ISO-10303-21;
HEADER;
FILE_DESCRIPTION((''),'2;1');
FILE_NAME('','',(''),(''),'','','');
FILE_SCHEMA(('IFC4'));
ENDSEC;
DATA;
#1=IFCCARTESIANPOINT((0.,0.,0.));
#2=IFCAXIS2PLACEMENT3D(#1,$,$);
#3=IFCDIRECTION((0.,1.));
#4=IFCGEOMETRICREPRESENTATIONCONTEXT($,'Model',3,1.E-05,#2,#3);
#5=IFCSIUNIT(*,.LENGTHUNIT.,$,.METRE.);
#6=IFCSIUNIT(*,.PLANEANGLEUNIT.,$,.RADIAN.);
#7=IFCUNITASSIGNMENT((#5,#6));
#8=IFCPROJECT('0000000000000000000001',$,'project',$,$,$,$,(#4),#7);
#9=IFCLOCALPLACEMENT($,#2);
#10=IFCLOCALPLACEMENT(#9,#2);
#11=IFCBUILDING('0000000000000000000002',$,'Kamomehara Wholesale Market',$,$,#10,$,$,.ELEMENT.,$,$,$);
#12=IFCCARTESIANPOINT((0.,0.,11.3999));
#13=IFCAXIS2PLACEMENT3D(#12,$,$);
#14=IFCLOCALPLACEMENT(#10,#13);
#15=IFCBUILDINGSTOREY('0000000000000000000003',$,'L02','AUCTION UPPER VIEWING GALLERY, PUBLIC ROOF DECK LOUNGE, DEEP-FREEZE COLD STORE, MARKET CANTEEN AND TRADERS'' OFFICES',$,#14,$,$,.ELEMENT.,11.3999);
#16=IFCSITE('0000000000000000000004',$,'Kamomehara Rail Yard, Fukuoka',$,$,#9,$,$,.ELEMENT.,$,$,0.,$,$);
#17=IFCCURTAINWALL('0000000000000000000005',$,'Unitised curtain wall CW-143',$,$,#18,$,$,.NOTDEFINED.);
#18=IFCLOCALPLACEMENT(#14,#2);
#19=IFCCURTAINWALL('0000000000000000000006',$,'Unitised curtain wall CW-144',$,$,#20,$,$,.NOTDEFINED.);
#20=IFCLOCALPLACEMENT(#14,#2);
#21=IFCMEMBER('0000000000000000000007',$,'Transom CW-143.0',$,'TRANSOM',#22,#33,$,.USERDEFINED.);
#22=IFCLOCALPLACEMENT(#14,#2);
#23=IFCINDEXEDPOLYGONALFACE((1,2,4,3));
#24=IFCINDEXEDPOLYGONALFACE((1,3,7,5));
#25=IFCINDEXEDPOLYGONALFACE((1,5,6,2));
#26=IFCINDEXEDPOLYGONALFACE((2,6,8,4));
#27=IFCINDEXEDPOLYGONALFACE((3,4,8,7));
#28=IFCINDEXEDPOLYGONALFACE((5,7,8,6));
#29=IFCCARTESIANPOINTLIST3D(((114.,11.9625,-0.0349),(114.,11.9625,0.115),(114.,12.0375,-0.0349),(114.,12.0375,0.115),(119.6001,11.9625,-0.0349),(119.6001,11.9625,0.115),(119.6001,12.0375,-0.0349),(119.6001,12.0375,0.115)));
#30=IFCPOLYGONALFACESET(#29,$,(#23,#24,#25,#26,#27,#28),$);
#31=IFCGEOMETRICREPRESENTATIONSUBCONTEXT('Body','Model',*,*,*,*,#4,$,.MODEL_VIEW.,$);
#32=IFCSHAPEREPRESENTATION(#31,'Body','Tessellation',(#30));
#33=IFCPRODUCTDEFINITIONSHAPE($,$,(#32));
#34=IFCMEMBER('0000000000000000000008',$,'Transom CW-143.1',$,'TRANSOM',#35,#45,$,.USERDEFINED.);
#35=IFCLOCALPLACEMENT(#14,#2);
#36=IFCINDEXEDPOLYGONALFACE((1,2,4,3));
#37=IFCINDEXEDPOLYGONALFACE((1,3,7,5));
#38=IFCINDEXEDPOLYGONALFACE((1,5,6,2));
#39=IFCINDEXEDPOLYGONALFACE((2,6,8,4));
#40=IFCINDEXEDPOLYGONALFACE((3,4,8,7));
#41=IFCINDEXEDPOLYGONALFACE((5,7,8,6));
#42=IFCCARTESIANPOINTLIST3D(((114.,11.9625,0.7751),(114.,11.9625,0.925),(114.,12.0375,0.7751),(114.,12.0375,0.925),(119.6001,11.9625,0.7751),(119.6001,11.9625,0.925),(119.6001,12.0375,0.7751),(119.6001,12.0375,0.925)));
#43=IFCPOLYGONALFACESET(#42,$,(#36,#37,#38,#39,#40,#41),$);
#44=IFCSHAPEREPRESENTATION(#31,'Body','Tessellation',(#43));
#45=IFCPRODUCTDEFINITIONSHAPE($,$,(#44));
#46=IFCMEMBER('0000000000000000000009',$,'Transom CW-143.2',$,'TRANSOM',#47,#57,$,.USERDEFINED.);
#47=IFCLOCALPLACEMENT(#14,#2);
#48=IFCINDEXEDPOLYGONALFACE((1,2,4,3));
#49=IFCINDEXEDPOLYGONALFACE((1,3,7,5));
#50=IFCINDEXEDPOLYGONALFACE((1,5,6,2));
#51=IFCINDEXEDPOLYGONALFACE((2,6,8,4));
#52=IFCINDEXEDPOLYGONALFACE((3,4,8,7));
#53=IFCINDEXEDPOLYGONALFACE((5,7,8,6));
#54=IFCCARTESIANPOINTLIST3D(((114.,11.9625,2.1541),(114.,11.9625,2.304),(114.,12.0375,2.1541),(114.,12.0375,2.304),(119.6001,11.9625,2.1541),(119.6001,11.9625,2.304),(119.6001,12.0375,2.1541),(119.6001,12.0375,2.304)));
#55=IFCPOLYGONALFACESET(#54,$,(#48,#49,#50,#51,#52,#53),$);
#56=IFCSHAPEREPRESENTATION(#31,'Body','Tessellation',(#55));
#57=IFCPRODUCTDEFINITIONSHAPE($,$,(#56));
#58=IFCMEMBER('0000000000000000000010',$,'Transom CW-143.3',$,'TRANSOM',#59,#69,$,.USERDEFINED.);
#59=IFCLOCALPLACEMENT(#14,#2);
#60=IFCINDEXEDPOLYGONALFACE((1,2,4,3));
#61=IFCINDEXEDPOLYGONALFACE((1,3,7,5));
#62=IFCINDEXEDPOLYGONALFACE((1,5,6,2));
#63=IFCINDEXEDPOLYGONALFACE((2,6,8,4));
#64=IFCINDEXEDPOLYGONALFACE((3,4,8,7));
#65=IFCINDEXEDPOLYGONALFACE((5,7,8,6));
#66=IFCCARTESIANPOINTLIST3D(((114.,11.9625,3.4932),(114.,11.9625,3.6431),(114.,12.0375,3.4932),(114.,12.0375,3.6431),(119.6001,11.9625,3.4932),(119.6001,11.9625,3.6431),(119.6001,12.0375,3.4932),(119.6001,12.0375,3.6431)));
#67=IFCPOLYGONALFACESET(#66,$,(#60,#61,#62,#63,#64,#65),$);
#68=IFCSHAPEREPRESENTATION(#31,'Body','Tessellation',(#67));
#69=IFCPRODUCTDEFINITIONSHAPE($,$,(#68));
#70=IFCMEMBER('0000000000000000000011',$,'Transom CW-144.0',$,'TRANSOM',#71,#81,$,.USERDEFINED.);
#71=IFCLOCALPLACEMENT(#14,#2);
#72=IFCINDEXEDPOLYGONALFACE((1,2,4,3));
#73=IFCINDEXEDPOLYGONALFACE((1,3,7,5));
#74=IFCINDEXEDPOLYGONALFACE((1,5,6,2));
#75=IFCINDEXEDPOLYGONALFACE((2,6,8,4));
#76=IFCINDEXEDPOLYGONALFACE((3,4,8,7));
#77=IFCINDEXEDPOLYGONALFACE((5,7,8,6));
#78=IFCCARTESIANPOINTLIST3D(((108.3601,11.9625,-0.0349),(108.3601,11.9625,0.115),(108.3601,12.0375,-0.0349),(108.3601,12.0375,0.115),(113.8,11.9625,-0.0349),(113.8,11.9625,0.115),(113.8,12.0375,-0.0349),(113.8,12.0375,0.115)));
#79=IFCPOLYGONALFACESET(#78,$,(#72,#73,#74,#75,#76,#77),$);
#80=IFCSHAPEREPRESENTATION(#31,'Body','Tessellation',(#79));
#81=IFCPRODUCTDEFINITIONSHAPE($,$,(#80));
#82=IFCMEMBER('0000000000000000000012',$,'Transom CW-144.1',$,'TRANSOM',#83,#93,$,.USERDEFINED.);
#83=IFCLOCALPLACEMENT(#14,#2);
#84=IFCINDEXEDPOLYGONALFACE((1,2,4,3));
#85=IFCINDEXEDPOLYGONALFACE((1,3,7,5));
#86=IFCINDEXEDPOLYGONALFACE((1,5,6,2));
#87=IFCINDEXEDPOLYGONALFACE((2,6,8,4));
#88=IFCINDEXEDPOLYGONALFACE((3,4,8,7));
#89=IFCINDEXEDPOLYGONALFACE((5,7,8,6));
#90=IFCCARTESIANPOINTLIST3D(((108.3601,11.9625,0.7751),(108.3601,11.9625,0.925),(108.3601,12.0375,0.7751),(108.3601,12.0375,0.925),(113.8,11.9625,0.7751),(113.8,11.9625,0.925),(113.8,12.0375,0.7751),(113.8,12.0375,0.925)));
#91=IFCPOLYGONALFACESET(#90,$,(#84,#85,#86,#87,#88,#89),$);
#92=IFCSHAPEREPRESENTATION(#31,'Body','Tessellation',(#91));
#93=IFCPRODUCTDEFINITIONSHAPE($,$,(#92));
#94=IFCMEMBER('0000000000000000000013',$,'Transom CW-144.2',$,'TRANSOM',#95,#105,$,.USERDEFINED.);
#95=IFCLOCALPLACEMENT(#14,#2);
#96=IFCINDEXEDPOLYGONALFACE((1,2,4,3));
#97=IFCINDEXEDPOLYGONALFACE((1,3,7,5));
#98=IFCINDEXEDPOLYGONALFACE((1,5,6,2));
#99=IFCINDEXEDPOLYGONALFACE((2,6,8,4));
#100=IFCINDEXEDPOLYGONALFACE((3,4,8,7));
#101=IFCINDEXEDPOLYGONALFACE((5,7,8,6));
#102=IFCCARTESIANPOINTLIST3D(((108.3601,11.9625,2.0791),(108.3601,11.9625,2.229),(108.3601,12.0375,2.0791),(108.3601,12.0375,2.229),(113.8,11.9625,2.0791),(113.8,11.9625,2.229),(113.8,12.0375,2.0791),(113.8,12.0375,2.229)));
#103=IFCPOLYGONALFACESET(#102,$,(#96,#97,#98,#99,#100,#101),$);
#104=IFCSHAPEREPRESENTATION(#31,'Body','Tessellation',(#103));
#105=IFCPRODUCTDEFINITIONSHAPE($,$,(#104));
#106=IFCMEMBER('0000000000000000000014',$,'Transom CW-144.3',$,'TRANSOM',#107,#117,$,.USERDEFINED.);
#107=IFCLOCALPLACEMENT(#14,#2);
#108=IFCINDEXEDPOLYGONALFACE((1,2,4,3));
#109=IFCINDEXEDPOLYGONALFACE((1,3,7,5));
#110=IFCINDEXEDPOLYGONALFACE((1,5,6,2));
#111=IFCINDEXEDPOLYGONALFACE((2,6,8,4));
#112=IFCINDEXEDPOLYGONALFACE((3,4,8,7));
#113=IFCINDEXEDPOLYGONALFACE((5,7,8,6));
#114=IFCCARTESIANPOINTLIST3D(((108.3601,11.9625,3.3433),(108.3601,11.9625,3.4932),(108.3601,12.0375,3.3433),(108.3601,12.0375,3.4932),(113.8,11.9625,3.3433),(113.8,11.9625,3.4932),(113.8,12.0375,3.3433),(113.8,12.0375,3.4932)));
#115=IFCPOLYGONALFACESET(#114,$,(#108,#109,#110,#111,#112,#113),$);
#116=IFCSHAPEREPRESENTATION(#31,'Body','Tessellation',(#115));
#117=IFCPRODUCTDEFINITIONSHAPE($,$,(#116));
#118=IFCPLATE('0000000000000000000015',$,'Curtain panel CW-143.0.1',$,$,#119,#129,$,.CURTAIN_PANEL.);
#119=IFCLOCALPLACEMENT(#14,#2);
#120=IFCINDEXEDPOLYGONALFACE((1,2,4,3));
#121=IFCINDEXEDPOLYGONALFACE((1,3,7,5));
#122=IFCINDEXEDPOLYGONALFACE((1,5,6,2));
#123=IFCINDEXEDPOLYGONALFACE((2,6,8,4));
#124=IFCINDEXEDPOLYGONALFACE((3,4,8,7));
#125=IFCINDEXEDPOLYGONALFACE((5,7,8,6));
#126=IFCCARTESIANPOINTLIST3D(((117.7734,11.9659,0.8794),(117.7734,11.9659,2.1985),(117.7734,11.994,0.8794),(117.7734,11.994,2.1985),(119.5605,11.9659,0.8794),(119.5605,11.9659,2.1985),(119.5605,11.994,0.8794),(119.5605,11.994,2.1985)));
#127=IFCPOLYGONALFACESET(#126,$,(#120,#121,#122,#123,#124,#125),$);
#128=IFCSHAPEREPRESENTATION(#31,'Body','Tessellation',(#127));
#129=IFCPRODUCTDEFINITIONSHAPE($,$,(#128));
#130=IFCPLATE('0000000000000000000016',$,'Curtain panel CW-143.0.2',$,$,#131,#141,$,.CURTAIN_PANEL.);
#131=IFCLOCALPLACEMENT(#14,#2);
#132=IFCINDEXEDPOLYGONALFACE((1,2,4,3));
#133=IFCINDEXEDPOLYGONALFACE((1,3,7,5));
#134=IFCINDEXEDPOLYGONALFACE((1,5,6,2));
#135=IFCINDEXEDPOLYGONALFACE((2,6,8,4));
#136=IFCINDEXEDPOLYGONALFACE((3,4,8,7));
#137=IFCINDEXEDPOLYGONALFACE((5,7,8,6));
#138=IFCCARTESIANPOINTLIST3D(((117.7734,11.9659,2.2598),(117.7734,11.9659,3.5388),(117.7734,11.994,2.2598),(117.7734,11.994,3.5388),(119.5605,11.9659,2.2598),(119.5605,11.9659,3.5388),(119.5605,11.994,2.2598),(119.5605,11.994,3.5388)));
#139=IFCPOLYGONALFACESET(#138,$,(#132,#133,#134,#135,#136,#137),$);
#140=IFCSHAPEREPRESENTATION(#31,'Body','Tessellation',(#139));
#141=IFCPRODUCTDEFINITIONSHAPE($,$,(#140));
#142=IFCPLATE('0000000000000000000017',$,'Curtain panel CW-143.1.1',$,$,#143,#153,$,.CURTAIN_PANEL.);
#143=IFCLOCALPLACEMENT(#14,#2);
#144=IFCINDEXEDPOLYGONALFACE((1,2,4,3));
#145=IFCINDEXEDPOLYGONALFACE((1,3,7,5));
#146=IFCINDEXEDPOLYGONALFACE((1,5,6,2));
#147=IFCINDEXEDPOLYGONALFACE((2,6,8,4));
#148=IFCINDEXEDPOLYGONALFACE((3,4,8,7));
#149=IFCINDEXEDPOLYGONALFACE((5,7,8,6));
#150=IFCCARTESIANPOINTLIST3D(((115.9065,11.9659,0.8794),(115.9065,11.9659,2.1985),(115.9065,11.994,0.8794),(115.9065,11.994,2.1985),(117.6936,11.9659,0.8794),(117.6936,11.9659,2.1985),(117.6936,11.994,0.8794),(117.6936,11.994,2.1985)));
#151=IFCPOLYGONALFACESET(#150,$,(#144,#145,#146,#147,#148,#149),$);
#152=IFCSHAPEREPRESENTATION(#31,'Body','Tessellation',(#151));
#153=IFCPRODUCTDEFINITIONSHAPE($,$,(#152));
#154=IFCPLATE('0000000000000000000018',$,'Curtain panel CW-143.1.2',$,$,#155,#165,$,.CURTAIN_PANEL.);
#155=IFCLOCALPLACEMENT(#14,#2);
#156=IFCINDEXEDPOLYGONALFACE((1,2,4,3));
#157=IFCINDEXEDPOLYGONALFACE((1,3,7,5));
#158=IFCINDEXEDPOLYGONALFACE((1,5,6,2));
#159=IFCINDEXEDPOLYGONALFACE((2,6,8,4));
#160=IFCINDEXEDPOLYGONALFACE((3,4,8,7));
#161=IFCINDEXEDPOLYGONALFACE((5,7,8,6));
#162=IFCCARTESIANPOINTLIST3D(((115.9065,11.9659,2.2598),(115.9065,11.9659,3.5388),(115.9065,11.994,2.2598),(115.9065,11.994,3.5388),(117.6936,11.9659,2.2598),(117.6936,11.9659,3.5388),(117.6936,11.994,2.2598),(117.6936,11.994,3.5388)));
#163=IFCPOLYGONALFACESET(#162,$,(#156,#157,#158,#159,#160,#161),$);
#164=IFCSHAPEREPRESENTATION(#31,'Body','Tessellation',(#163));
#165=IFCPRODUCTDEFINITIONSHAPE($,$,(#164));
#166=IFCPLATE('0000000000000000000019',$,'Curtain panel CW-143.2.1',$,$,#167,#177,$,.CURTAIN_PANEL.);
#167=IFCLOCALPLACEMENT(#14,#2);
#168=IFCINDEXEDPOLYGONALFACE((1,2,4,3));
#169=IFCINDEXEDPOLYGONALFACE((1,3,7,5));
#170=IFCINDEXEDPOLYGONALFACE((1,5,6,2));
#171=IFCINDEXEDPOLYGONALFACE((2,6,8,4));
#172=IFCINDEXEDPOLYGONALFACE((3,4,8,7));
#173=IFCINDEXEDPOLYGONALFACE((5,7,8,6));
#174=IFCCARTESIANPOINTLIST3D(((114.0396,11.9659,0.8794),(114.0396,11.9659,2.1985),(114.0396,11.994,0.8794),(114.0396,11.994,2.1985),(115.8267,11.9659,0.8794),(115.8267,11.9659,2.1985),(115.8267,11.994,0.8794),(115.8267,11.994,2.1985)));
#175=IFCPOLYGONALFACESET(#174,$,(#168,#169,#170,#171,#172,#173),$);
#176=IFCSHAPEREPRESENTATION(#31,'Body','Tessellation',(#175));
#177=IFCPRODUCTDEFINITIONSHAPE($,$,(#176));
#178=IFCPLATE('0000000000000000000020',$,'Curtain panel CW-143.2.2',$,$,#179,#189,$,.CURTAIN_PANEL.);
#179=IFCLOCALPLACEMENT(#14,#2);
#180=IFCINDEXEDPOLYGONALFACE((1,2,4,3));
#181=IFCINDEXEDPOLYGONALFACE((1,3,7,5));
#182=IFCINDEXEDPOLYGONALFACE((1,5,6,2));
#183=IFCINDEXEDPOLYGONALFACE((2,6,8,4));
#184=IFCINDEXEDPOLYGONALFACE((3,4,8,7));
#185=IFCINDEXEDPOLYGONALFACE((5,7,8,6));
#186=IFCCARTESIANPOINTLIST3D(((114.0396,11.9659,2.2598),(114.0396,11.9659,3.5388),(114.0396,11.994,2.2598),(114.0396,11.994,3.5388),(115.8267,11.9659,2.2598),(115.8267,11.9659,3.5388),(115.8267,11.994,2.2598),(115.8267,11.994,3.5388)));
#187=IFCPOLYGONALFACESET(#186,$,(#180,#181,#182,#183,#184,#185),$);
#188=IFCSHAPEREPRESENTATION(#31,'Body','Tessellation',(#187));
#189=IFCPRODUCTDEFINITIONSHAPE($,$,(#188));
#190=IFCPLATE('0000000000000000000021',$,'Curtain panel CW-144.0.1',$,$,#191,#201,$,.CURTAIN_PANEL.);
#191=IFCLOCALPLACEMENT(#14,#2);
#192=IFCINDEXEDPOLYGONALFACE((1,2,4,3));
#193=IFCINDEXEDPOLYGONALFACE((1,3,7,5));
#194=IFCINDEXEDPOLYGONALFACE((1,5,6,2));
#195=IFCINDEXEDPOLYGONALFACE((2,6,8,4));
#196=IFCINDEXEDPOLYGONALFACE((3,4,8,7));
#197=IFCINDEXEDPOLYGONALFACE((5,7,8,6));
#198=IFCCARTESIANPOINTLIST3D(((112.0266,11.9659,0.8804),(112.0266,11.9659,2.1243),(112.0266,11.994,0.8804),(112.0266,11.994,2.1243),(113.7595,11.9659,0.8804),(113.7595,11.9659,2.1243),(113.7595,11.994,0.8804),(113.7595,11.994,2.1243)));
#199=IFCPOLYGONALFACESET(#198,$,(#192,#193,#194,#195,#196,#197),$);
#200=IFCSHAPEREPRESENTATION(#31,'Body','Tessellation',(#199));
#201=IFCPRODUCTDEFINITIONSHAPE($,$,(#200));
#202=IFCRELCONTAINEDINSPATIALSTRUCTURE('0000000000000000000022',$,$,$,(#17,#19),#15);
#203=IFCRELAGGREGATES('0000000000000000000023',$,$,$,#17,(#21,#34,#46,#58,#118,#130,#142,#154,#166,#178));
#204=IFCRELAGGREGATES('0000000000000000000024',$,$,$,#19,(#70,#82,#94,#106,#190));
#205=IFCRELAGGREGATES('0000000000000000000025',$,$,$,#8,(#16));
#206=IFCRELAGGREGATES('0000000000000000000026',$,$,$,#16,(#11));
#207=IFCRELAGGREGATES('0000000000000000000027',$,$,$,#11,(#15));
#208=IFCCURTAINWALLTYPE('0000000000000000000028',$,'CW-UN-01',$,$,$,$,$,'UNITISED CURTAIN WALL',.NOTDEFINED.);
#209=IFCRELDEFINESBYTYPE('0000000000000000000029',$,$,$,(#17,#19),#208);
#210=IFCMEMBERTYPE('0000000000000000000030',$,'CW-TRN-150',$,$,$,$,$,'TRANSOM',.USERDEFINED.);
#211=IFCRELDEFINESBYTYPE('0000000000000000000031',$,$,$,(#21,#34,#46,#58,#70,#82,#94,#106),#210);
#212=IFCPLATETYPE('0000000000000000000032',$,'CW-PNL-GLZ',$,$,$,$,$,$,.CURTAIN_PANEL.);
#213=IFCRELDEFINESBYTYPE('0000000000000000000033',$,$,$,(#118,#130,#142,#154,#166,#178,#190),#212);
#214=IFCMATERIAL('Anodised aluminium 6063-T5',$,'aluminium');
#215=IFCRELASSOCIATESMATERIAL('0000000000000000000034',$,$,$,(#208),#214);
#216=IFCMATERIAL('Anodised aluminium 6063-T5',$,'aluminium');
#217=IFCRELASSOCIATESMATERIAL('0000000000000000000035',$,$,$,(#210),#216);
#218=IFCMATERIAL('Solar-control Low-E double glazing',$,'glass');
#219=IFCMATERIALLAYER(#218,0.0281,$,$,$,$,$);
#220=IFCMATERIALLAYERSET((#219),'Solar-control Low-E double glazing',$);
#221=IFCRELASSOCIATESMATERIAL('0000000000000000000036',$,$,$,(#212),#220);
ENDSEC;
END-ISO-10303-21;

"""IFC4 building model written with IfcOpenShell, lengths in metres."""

from ifc_helpers import new_model, si_unit, direction, frame, origin, origin_2d, place, context, subcontext, project, spatial, rectangle, extrude, material, layer, layer_set, material_profile, profile_set, type_object, element, aggregate, save


model = new_model("IFC4")

# Units and contexts
model_context = context("Model", 3, precision=1e-05, world=origin(), true_north=direction((0.0, 1.0)))
body_context = subcontext(model_context, "Body", "Model", "MODEL_VIEW")
ifc_project = project(units=[si_unit("LENGTHUNIT", "METRE"), si_unit("PLANEANGLEUNIT", "RADIAN")], contexts=[model_context])

# Site, building, storey
site_placement = place(None, origin())
site = spatial("IfcSite", under=ifc_project, at=site_placement, Name="Kamomehara Rail Yard, Fukuoka", CompositionType="ELEMENT", RefElevation=0.0)
building_placement = place(site_placement, origin())
building = spatial("IfcBuilding", under=site, at=building_placement, Name="Kamomehara Wholesale Market", CompositionType="ELEMENT")
storey_placement = place(building_placement, frame((0.0, 0.0, 11.3999)))
storey = spatial("IfcBuildingStorey", under=building, at=storey_placement, Name="L02", Description="AUCTION UPPER VIEWING GALLERY, PUBLIC ROOF DECK LOUNGE, DEEP-FREEZE COLD STORE, MARKET CANTEEN AND TRADERS' OFFICES", CompositionType="ELEMENT", Elevation=11.3999)

# Curtain walls
ifc_material_1 = material(Name="Anodised aluminium 6063-T5", Category="aluminium")
curtain_wall_type = type_object("IfcCurtainWallType", Name="CW-UN-01", ElementType="UNITISED CURTAIN WALL", PredefinedType="NOTDEFINED", material=ifc_material_1)
curtain_wall_1_placement = place(storey_placement, origin())
curtain_wall_1 = element("IfcCurtainWall", 1, at=curtain_wall_1_placement, inside=storey, type_object=curtain_wall_type, Name="Unitised curtain wall CW-143", PredefinedType="NOTDEFINED")
curtain_wall_2_placement = place(storey_placement, origin())
curtain_wall_2 = element("IfcCurtainWall", 2, at=curtain_wall_2_placement, inside=storey, type_object=curtain_wall_type, Name="Unitised curtain wall CW-144", PredefinedType="NOTDEFINED")

# Members
ifc_material_2 = material(Name="Anodised aluminium 6063-T5", Category="aluminium")
ifc_material_profile_1 = material_profile(ifc_material_2, rectangle(XDim=0.075, YDim=0.1499, at=origin_2d()), Name="ALU-TRN-75x150")
ifc_profile_set_1 = profile_set([ifc_material_profile_1], Name="Anodised aluminium 6063-T5")
member_type_1 = type_object("IfcMemberType", Name="CW-TRN-150", ElementType="TRANSOM", PredefinedType="USERDEFINED", material=ifc_profile_set_1)
member_1_placement = place(storey_placement, frame((119.6001, 12.0, 0.04), z_axis=(-1.0, 0.0, 0.0), x_axis=(0.0, -1.0, 0.0)))
member_1 = element("IfcMember", 3, at=member_1_placement, type_object=member_type_1, Name="Transom CW-143.0", ObjectType="TRANSOM", PredefinedType="USERDEFINED", context=body_context, shape_type="SweptSolid", body=[
    extrude(rectangle(XDim=0.075, YDim=0.1499, at=origin_2d()), origin(), (0.0, 0.0, 1.0), 5.6001),
])
member_2_placement = place(storey_placement, frame((119.6001, 12.0, 0.8501), z_axis=(-1.0, 0.0, 0.0), x_axis=(0.0, -1.0, 0.0)))
member_2 = element("IfcMember", 4, at=member_2_placement, type_object=member_type_1, Name="Transom CW-143.1", ObjectType="TRANSOM", PredefinedType="USERDEFINED", context=body_context, shape_type="SweptSolid", body=[
    extrude(rectangle(XDim=0.075, YDim=0.1499, at=origin_2d()), origin(), (0.0, 0.0, 1.0), 5.6001),
])
member_3_placement = place(storey_placement, frame((119.6001, 12.0, 2.229), z_axis=(-1.0, 0.0, 0.0), x_axis=(0.0, -1.0, 0.0)))
member_3 = element("IfcMember", 5, at=member_3_placement, type_object=member_type_1, Name="Transom CW-143.2", ObjectType="TRANSOM", PredefinedType="USERDEFINED", context=body_context, shape_type="SweptSolid", body=[
    extrude(rectangle(XDim=0.075, YDim=0.1499, at=origin_2d()), origin(), (0.0, 0.0, 1.0), 5.6001),
])
member_4_placement = place(storey_placement, frame((119.6001, 12.0, 3.5681), z_axis=(-1.0, 0.0, 0.0), x_axis=(0.0, -1.0, 0.0)))
member_4 = element("IfcMember", 6, at=member_4_placement, type_object=member_type_1, Name="Transom CW-143.3", ObjectType="TRANSOM", PredefinedType="USERDEFINED", context=body_context, shape_type="SweptSolid", body=[
    extrude(rectangle(XDim=0.075, YDim=0.1499, at=origin_2d()), origin(), (0.0, 0.0, 1.0), 5.6001),
])
member_5_placement = place(storey_placement, frame((113.8, 12.0, 0.04), z_axis=(-1.0, 0.0, 0.0), x_axis=(0.0, -1.0, 0.0)))
member_5 = element("IfcMember", 7, at=member_5_placement, type_object=member_type_1, Name="Transom CW-144.0", ObjectType="TRANSOM", PredefinedType="USERDEFINED", context=body_context, shape_type="SweptSolid", body=[
    extrude(rectangle(XDim=0.075, YDim=0.1499, at=origin_2d()), origin(), (0.0, 0.0, 1.0), 5.4399),
])
member_6_placement = place(storey_placement, frame((113.8, 12.0, 0.8501), z_axis=(-1.0, 0.0, 0.0), x_axis=(0.0, -1.0, 0.0)))
member_6 = element("IfcMember", 8, at=member_6_placement, type_object=member_type_1, Name="Transom CW-144.1", ObjectType="TRANSOM", PredefinedType="USERDEFINED", context=body_context, shape_type="SweptSolid", body=[
    extrude(rectangle(XDim=0.075, YDim=0.1499, at=origin_2d()), origin(), (0.0, 0.0, 1.0), 5.4399),
])
member_7_placement = place(storey_placement, frame((113.8, 12.0, 2.1541), z_axis=(-1.0, 0.0, 0.0), x_axis=(0.0, -1.0, 0.0)))
member_7 = element("IfcMember", 9, at=member_7_placement, type_object=member_type_1, Name="Transom CW-144.2", ObjectType="TRANSOM", PredefinedType="USERDEFINED", context=body_context, shape_type="SweptSolid", body=[
    extrude(rectangle(XDim=0.075, YDim=0.1499, at=origin_2d()), origin(), (0.0, 0.0, 1.0), 5.4399),
])
member_8_placement = place(storey_placement, frame((113.8, 12.0, 3.4182), z_axis=(-1.0, 0.0, 0.0), x_axis=(0.0, -1.0, 0.0)))
member_8 = element("IfcMember", 10, at=member_8_placement, type_object=member_type_1, Name="Transom CW-144.3", ObjectType="TRANSOM", PredefinedType="USERDEFINED", context=body_context, shape_type="SweptSolid", body=[
    extrude(rectangle(XDim=0.075, YDim=0.1499, at=origin_2d()), origin(), (0.0, 0.0, 1.0), 5.4399),
])

# Plates
ifc_material_3 = material(Name="Solar-control Low-E double glazing", Category="glass")
ifc_layer_1 = layer(ifc_material_3, 0.0281)
ifc_layer_set_1 = layer_set([ifc_layer_1], Name="Solar-control Low-E double glazing")
plate_type_1 = type_object("IfcPlateType", Name="CW-PNL-GLZ", PredefinedType="CURTAIN_PANEL", material=ifc_layer_set_1)
plate_1_placement = place(storey_placement, frame((118.667, 11.98, 0.8794), z_axis=(0.0, 0.0, 1.0), x_axis=(-1.0, 0.0, 0.0)))
plate_1 = element("IfcPlate", 11, at=plate_1_placement, type_object=plate_type_1, Name="Curtain panel CW-143.0.1", PredefinedType="CURTAIN_PANEL", context=body_context, shape_type="SweptSolid", body=[
    extrude(rectangle(XDim=1.7871, YDim=0.0281, at=origin_2d()), origin(), (0.0, 0.0, 1.0), 1.3191),
])
plate_2_placement = place(storey_placement, frame((118.667, 11.98, 2.2598), z_axis=(0.0, 0.0, 1.0), x_axis=(-1.0, 0.0, 0.0)))
plate_2 = element("IfcPlate", 12, at=plate_2_placement, type_object=plate_type_1, Name="Curtain panel CW-143.0.2", PredefinedType="CURTAIN_PANEL", context=body_context, shape_type="SweptSolid", body=[
    extrude(rectangle(XDim=1.7871, YDim=0.0281, at=origin_2d()), origin(), (0.0, 0.0, 1.0), 1.2791),
])
plate_3_placement = place(storey_placement, frame((116.8, 11.98, 0.8794), z_axis=(0.0, 0.0, 1.0), x_axis=(-1.0, 0.0, 0.0)))
plate_3 = element("IfcPlate", 13, at=plate_3_placement, type_object=plate_type_1, Name="Curtain panel CW-143.1.1", PredefinedType="CURTAIN_PANEL", context=body_context, shape_type="SweptSolid", body=[
    extrude(rectangle(XDim=1.7871, YDim=0.0281, at=origin_2d()), origin(), (0.0, 0.0, 1.0), 1.3191),
])
plate_4_placement = place(storey_placement, frame((116.8, 11.98, 2.2598), z_axis=(0.0, 0.0, 1.0), x_axis=(-1.0, 0.0, 0.0)))
plate_4 = element("IfcPlate", 14, at=plate_4_placement, type_object=plate_type_1, Name="Curtain panel CW-143.1.2", PredefinedType="CURTAIN_PANEL", context=body_context, shape_type="SweptSolid", body=[
    extrude(rectangle(XDim=1.7871, YDim=0.0281, at=origin_2d()), origin(), (0.0, 0.0, 1.0), 1.2791),
])
plate_5_placement = place(storey_placement, frame((114.9331, 11.98, 0.8794), z_axis=(0.0, 0.0, 1.0), x_axis=(-1.0, 0.0, 0.0)))
plate_5 = element("IfcPlate", 15, at=plate_5_placement, type_object=plate_type_1, Name="Curtain panel CW-143.2.1", PredefinedType="CURTAIN_PANEL", context=body_context, shape_type="SweptSolid", body=[
    extrude(rectangle(XDim=1.7871, YDim=0.0281, at=origin_2d()), origin(), (0.0, 0.0, 1.0), 1.3191),
])
plate_6_placement = place(storey_placement, frame((114.9331, 11.98, 2.2598), z_axis=(0.0, 0.0, 1.0), x_axis=(-1.0, 0.0, 0.0)))
plate_6 = element("IfcPlate", 16, at=plate_6_placement, type_object=plate_type_1, Name="Curtain panel CW-143.2.2", PredefinedType="CURTAIN_PANEL", context=body_context, shape_type="SweptSolid", body=[
    extrude(rectangle(XDim=1.7871, YDim=0.0281, at=origin_2d()), origin(), (0.0, 0.0, 1.0), 1.2791),
])
plate_7_placement = place(storey_placement, frame((112.8931, 11.98, 0.8804), z_axis=(0.0, 0.0, 1.0), x_axis=(-1.0, 0.0, 0.0)))
plate_7 = element("IfcPlate", 17, at=plate_7_placement, type_object=plate_type_1, Name="Curtain panel CW-144.0.1", PredefinedType="CURTAIN_PANEL", context=body_context, shape_type="SweptSolid", body=[
    extrude(rectangle(XDim=1.7329, YDim=0.0281, at=origin_2d()), origin(), (0.0, 0.0, 1.0), 1.2439),
])
aggregate(curtain_wall_1, [member_1, member_2, member_3, member_4, plate_1, plate_2, plate_3, plate_4, plate_5, plate_6])
aggregate(curtain_wall_2, [member_5, member_6, member_7, member_8, plate_7])

save(model, "model.ifc")
